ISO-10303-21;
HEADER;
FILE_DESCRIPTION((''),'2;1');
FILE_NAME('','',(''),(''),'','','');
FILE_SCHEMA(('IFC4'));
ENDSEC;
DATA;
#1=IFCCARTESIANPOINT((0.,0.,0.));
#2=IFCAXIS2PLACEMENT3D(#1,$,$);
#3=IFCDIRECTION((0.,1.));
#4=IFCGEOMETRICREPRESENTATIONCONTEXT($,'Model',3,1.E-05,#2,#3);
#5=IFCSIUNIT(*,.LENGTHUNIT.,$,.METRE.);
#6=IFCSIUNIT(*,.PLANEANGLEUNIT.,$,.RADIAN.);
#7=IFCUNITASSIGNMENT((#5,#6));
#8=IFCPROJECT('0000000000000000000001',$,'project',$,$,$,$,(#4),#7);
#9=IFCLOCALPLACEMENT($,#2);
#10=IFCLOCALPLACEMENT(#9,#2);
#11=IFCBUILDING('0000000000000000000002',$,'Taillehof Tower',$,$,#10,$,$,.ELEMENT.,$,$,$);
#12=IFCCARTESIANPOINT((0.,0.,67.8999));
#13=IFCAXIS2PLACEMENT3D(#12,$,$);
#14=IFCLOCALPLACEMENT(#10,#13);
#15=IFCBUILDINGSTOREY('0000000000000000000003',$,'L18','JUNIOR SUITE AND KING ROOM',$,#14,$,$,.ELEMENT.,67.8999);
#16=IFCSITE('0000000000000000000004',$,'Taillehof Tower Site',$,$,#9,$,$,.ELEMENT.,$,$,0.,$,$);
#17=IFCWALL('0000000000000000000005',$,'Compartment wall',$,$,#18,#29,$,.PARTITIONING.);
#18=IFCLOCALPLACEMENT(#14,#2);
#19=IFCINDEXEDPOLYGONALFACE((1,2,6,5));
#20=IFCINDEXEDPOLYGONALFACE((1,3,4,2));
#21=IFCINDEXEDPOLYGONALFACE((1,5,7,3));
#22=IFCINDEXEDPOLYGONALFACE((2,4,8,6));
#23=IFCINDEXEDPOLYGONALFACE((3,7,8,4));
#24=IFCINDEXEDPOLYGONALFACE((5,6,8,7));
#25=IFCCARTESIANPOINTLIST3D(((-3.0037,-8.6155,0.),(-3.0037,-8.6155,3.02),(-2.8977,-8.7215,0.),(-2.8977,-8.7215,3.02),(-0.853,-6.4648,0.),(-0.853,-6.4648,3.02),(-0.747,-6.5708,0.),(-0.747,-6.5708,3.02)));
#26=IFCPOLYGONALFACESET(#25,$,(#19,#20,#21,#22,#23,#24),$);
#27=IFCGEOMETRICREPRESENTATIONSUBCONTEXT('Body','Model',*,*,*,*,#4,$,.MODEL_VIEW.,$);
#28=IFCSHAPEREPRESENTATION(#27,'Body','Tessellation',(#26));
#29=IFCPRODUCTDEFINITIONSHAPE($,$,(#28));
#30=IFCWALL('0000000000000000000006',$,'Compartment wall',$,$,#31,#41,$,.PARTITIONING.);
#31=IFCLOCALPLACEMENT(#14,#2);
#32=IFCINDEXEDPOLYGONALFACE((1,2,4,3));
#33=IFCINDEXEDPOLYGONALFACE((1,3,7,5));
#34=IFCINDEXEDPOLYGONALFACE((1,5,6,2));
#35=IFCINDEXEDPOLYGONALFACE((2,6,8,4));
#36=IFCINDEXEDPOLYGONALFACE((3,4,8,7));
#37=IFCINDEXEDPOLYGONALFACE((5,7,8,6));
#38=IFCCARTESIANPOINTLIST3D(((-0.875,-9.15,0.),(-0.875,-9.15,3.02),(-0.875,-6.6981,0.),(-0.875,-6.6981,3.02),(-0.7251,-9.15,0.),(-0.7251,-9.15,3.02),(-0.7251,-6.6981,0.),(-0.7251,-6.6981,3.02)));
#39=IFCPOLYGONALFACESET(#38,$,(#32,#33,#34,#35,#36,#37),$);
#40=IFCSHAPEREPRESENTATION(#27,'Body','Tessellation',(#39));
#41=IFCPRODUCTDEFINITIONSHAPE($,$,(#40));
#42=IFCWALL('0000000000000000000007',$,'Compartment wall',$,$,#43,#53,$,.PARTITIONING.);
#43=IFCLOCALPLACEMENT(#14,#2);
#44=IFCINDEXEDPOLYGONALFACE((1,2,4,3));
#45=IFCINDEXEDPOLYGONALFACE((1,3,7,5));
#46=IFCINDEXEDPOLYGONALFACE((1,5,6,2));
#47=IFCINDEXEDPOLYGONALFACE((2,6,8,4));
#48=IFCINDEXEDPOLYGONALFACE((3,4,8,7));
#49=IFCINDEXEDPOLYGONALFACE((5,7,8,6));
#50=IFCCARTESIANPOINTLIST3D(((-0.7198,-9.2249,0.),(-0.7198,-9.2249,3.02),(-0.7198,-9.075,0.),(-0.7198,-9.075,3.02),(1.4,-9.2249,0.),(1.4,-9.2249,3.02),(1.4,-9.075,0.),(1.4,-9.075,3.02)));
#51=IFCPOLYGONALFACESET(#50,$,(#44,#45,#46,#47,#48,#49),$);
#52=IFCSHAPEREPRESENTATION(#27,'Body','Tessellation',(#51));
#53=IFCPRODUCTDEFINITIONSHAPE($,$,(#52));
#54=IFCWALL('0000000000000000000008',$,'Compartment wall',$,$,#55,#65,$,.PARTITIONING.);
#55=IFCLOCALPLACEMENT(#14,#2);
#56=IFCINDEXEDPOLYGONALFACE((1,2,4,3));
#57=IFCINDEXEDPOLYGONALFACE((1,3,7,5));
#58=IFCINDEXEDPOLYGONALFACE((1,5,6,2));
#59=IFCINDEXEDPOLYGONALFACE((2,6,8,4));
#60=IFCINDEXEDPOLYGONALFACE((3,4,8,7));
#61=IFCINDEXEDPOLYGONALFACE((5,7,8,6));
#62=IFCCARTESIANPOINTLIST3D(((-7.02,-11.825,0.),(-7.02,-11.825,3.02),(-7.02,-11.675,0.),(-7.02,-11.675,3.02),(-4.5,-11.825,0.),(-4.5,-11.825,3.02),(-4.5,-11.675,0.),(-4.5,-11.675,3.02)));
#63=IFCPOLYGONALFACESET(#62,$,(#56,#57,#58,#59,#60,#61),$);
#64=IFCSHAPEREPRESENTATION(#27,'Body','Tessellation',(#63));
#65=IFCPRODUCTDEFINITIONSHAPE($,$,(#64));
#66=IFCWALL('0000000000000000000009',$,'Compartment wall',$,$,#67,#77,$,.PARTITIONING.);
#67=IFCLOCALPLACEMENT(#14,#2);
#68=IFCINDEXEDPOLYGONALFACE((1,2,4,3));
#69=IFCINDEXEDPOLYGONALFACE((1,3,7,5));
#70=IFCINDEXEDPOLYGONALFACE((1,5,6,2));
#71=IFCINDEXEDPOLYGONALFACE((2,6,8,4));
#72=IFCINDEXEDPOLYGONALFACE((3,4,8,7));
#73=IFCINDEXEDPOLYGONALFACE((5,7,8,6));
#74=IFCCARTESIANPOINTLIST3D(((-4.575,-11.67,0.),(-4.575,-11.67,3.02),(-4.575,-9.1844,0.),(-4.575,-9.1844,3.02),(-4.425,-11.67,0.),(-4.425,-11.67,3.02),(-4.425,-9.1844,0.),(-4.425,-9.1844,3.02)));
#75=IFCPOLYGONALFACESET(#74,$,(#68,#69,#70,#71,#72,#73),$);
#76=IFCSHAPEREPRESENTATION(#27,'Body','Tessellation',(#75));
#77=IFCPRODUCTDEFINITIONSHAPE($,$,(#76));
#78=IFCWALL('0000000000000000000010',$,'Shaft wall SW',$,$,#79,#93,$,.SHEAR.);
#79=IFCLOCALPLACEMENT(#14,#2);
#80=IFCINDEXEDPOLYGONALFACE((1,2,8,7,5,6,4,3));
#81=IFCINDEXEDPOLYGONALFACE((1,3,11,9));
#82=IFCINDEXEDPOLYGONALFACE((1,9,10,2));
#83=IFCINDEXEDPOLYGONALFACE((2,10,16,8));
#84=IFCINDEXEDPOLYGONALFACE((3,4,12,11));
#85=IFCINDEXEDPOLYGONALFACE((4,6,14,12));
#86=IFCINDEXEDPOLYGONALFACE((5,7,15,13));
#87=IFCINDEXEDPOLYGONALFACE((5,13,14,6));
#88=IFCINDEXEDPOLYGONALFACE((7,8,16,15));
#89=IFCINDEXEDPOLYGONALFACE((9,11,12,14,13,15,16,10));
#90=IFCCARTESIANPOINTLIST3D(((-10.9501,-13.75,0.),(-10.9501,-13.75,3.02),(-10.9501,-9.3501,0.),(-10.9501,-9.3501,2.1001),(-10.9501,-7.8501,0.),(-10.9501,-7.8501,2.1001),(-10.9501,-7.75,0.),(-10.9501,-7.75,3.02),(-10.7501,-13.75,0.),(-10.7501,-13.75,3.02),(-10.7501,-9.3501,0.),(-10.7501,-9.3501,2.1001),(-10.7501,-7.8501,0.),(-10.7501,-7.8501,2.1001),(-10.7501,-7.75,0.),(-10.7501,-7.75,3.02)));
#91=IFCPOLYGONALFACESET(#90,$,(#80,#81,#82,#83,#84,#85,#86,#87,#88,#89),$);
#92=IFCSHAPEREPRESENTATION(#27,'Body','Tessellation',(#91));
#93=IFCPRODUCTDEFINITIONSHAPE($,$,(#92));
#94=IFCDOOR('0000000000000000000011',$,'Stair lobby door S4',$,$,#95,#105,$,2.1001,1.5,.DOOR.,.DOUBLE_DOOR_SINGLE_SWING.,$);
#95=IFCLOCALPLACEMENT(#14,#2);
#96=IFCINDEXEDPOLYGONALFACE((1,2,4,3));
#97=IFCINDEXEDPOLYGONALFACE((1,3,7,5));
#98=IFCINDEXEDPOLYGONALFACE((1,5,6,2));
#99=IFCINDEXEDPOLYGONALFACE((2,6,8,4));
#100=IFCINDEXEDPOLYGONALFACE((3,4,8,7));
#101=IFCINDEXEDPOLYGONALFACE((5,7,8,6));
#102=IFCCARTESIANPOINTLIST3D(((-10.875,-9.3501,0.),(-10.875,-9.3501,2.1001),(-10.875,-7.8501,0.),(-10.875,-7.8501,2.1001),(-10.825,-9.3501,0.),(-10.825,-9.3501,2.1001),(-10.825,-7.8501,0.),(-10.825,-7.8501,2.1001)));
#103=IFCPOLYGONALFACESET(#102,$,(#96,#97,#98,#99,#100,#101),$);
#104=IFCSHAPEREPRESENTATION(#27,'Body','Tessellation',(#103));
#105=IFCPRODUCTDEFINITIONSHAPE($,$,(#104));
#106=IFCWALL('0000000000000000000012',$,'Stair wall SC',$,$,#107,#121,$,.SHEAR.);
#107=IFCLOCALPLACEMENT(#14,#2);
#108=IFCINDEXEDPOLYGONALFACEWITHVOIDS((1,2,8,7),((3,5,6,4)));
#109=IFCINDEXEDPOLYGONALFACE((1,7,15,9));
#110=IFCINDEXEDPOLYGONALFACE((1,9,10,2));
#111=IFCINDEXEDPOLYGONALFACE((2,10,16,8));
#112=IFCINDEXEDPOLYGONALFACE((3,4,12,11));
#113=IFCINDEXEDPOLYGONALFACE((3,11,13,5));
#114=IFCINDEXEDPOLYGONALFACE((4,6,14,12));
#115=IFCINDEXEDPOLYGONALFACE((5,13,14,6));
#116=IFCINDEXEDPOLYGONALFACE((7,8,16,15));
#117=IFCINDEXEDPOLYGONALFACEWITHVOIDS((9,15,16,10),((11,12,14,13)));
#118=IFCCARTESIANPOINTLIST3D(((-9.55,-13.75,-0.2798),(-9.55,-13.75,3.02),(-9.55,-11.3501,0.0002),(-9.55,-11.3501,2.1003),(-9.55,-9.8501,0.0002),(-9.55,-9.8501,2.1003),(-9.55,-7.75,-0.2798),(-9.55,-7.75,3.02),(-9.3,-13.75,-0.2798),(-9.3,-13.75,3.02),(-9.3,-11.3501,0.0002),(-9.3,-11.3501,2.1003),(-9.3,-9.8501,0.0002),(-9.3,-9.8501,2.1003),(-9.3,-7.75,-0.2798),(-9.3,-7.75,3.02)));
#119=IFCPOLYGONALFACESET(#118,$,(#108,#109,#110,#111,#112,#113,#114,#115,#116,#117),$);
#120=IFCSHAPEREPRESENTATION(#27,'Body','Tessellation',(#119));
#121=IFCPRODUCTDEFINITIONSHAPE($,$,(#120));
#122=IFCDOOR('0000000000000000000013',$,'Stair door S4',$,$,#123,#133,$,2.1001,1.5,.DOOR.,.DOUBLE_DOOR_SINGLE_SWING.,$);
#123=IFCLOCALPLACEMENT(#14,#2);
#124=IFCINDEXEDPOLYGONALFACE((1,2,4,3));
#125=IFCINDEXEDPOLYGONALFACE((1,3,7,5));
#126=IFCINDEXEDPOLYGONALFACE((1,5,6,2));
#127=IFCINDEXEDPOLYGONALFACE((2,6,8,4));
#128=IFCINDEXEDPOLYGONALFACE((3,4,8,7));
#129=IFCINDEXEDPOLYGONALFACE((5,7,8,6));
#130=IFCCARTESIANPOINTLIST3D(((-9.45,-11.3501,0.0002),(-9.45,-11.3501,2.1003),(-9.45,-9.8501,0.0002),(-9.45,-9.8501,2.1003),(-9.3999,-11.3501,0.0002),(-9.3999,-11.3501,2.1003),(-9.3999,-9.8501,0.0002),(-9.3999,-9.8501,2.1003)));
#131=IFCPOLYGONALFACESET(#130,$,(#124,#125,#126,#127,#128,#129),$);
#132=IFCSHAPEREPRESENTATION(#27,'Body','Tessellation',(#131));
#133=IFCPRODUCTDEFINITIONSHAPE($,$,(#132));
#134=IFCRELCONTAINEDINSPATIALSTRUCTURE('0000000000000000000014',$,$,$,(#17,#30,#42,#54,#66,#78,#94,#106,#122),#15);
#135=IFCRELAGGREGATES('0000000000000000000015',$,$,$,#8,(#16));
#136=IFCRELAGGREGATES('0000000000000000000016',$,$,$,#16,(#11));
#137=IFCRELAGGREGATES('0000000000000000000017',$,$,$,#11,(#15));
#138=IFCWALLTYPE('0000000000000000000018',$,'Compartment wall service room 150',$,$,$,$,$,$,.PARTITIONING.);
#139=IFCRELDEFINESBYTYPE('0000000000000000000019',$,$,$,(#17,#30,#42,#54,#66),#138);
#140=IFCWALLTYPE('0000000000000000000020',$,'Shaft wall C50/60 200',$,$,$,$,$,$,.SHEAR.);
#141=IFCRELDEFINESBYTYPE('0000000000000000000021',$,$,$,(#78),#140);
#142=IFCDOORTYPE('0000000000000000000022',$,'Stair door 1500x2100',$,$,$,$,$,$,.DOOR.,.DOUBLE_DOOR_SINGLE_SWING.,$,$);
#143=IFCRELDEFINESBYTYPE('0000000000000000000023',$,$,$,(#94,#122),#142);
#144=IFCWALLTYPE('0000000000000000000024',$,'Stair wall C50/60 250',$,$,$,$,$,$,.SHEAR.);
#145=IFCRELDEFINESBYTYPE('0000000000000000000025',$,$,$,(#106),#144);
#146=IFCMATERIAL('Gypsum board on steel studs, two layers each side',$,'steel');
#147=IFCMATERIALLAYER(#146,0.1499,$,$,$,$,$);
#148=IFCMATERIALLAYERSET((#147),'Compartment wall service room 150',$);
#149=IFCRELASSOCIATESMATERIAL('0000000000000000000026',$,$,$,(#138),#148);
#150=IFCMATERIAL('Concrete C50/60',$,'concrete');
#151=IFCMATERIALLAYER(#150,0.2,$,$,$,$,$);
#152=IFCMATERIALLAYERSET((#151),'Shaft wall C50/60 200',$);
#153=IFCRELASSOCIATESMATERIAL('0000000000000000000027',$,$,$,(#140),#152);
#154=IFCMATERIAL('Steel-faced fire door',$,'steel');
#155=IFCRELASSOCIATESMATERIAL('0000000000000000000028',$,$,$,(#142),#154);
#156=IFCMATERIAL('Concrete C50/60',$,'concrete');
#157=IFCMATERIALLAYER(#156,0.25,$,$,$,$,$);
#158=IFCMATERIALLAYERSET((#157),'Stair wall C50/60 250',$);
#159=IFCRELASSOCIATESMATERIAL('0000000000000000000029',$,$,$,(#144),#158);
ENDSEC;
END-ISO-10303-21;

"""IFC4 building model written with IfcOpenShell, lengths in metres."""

from ifc_helpers import new_model, si_unit, direction, frame, frame_2d, origin, place, context, subcontext, project, spatial, rectangle, extrude, material, layer, layer_set, type_object, element, fill, save


model = new_model("IFC4")

# Units and contexts
model_context = context("Model", 3, precision=1e-05, world=origin(), true_north=direction((0.0, 1.0)))
body_context = subcontext(model_context, "Body", "Model", "MODEL_VIEW")
ifc_project = project(units=[si_unit("LENGTHUNIT", "METRE"), si_unit("PLANEANGLEUNIT", "RADIAN")], contexts=[model_context])

# Site, building, storey
site_placement = place(None, origin())
site = spatial("IfcSite", under=ifc_project, at=site_placement, Name="Taillehof Tower Site", CompositionType="ELEMENT", RefElevation=0.0)
building_placement = place(site_placement, origin())
building = spatial("IfcBuilding", under=site, at=building_placement, Name="Taillehof Tower", CompositionType="ELEMENT")
storey_placement = place(building_placement, frame((0.0, 0.0, 67.8999)))
storey = spatial("IfcBuildingStorey", under=building, at=storey_placement, Name="L18", Description="JUNIOR SUITE AND KING ROOM", CompositionType="ELEMENT", Elevation=67.8999)

# Walls
ifc_material_1 = material(Name="Gypsum board on steel studs, two layers each side", Category="steel")
ifc_layer_1 = layer(ifc_material_1, 0.1499)
ifc_layer_set_1 = layer_set([ifc_layer_1], Name="Compartment wall service room 150")
wall_type_1 = type_object("IfcWallType", Name="Compartment wall service room 150", PredefinedType="PARTITIONING", material=ifc_layer_set_1)
wall_1_placement = place(storey_placement, frame((-2.9507, -8.6685, 0.0), z_axis=(0.0, 0.0, 1.0), x_axis=(0.707107, 0.707107, 0.0)))
element("IfcWall", 1, at=wall_1_placement, inside=storey, type_object=wall_type_1, Name="Compartment wall", PredefinedType="PARTITIONING", context=body_context, shape_type="SweptSolid", body=[
    extrude(rectangle(XDim=3.0415, YDim=0.1499, at=frame_2d((1.5208, 0.0))), origin(), (0.0, 0.0, 1.0), 3.02),
])
wall_2_placement = place(storey_placement, frame((-0.8, -6.698, 0.0), z_axis=(0.0, 0.0, 1.0), x_axis=(0.0, -1.0, 0.0)))
element("IfcWall", 2, at=wall_2_placement, inside=storey, type_object=wall_type_1, Name="Compartment wall", PredefinedType="PARTITIONING", context=body_context, shape_type="SweptSolid", body=[
    extrude(rectangle(XDim=2.4519, YDim=0.1499, at=frame_2d((1.2261, 0.0))), origin(), (0.0, 0.0, 1.0), 3.02),
])
wall_3_placement = place(storey_placement, frame((-0.72, -9.1499, 0.0), z_axis=(0.0, 0.0, 1.0), x_axis=(1.0, 0.0, 0.0)))
element("IfcWall", 3, at=wall_3_placement, inside=storey, type_object=wall_type_1, Name="Compartment wall", PredefinedType="PARTITIONING", context=body_context, shape_type="SweptSolid", body=[
    extrude(rectangle(XDim=2.1199, YDim=0.1499, at=frame_2d((1.0601, 0.0))), origin(), (0.0, 0.0, 1.0), 3.02),
])
wall_4_placement = place(storey_placement, frame((-7.02, -11.75, 0.0), z_axis=(0.0, 0.0, 1.0), x_axis=(1.0, 0.0, 0.0)))
element("IfcWall", 4, at=wall_4_placement, inside=storey, type_object=wall_type_1, Name="Compartment wall", PredefinedType="PARTITIONING", context=body_context, shape_type="SweptSolid", body=[
    extrude(rectangle(XDim=2.52, YDim=0.1499, at=frame_2d((1.26, 0.0))), origin(), (0.0, 0.0, 1.0), 3.02),
])
wall_5_placement = place(storey_placement, frame((-4.5, -11.6699, 0.0), z_axis=(0.0, 0.0, 1.0), x_axis=(0.0, 1.0, 0.0)))
element("IfcWall", 5, at=wall_5_placement, inside=storey, type_object=wall_type_1, Name="Compartment wall", PredefinedType="PARTITIONING", context=body_context, shape_type="SweptSolid", body=[
    extrude(rectangle(XDim=2.4856, YDim=0.1499, at=frame_2d((1.2427, 0.0))), origin(), (0.0, 0.0, 1.0), 3.02),
])

# Walls, openings, doors
ifc_material_2 = material(Name="Concrete C50/60", Category="concrete")
ifc_layer_2 = layer(ifc_material_2, 0.2)
ifc_layer_set_2 = layer_set([ifc_layer_2], Name="Shaft wall C50/60 200")
wall_type_2 = type_object("IfcWallType", Name="Shaft wall C50/60 200", PredefinedType="SHEAR", material=ifc_layer_set_2)
wall_6_placement = place(storey_placement, frame((-10.8501, -13.75, 0.0), z_axis=(0.0, 0.0, 1.0), x_axis=(0.0, 1.0, 0.0)))
wall_6 = element("IfcWall", 6, at=wall_6_placement, inside=storey, type_object=wall_type_2, Name="Shaft wall SW", PredefinedType="SHEAR", context=body_context, shape_type="SweptSolid", body=[
    extrude(rectangle(XDim=6.0, YDim=0.2, at=frame_2d((3.0, 0.0))), origin(), (0.0, 0.0, 1.0), 3.02),
])
opening_1_placement = place(wall_6_placement, frame((4.3999, 0.0, 0.0)))
opening_1 = element("IfcOpeningElement", 7, at=opening_1_placement, cuts=wall_6, PredefinedType="OPENING", context=body_context, shape_type="SweptSolid", body=[
    extrude(rectangle(XDim=1.5, YDim=2.1001, at=frame_2d((0.75, 1.05))), frame((0.0, 0.1099, 0.0), z_axis=(0.0, -1.0, 0.0), x_axis=(1.0, 0.0, 0.0)), (0.0, 0.0, 1.0), 0.22),
])
ifc_material_3 = material(Name="Steel-faced fire door", Category="steel")
door_type = type_object("IfcDoorType", Name="Stair door 1500x2100", OperationType="DOUBLE_DOOR_SINGLE_SWING", PredefinedType="DOOR", material=ifc_material_3)
door_1_placement = place(opening_1_placement, origin())
door_1 = element("IfcDoor", 8, at=door_1_placement, inside=storey, type_object=door_type, Name="Stair lobby door S4", OperationType="DOUBLE_DOOR_SINGLE_SWING", OverallHeight=2.1001, OverallWidth=1.5, PredefinedType="DOOR", context=body_context, shape_type="SweptSolid", body=[
    extrude(rectangle(XDim=1.5, YDim=2.1001, at=frame_2d((0.75, 1.05))), frame((0.0, 0.0249, 0.0), z_axis=(0.0, -1.0, 0.0), x_axis=(1.0, 0.0, 0.0)), (0.0, 0.0, 1.0), 0.05),
])
fill(opening_1, door_1)
ifc_material_4 = material(Name="Concrete C50/60", Category="concrete")
ifc_layer_3 = layer(ifc_material_4, 0.25)
ifc_layer_set_3 = layer_set([ifc_layer_3], Name="Stair wall C50/60 250")
wall_type_3 = type_object("IfcWallType", Name="Stair wall C50/60 250", PredefinedType="SHEAR", material=ifc_layer_set_3)
wall_7_placement = place(storey_placement, frame((-9.425, -13.75, -0.2798), z_axis=(0.0, 0.0, 1.0), x_axis=(0.0, 1.0, 0.0)))
wall_7 = element("IfcWall", 9, at=wall_7_placement, inside=storey, type_object=wall_type_3, Name="Stair wall SC", PredefinedType="SHEAR", context=body_context, shape_type="SweptSolid", body=[
    extrude(rectangle(XDim=6.0, YDim=0.25, at=frame_2d((3.0, 0.0))), origin(), (0.0, 0.0, 1.0), 3.2998),
])
opening_2_placement = place(wall_7_placement, frame((2.3999, 0.0, 0.28)))
opening_2 = element("IfcOpeningElement", 10, at=opening_2_placement, cuts=wall_7, PredefinedType="OPENING", context=body_context, shape_type="SweptSolid", body=[
    extrude(rectangle(XDim=1.5, YDim=2.1001, at=frame_2d((0.75, 1.05))), frame((0.0, 0.135, 0.0), z_axis=(0.0, -1.0, 0.0), x_axis=(1.0, 0.0, 0.0)), (0.0, 0.0, 1.0), 0.27),
])
door_2_placement = place(opening_2_placement, origin())
door_2 = element("IfcDoor", 11, at=door_2_placement, inside=storey, type_object=door_type, Name="Stair door S4", OperationType="DOUBLE_DOOR_SINGLE_SWING", OverallHeight=2.1001, OverallWidth=1.5, PredefinedType="DOOR", context=body_context, shape_type="SweptSolid", body=[
    extrude(rectangle(XDim=1.5, YDim=2.1001, at=frame_2d((0.75, 1.05))), frame((0.0, 0.0249, 0.0), z_axis=(0.0, -1.0, 0.0), x_axis=(1.0, 0.0, 0.0)), (0.0, 0.0, 1.0), 0.05),
])
fill(opening_2, door_2)

save(model, "model.ifc")
